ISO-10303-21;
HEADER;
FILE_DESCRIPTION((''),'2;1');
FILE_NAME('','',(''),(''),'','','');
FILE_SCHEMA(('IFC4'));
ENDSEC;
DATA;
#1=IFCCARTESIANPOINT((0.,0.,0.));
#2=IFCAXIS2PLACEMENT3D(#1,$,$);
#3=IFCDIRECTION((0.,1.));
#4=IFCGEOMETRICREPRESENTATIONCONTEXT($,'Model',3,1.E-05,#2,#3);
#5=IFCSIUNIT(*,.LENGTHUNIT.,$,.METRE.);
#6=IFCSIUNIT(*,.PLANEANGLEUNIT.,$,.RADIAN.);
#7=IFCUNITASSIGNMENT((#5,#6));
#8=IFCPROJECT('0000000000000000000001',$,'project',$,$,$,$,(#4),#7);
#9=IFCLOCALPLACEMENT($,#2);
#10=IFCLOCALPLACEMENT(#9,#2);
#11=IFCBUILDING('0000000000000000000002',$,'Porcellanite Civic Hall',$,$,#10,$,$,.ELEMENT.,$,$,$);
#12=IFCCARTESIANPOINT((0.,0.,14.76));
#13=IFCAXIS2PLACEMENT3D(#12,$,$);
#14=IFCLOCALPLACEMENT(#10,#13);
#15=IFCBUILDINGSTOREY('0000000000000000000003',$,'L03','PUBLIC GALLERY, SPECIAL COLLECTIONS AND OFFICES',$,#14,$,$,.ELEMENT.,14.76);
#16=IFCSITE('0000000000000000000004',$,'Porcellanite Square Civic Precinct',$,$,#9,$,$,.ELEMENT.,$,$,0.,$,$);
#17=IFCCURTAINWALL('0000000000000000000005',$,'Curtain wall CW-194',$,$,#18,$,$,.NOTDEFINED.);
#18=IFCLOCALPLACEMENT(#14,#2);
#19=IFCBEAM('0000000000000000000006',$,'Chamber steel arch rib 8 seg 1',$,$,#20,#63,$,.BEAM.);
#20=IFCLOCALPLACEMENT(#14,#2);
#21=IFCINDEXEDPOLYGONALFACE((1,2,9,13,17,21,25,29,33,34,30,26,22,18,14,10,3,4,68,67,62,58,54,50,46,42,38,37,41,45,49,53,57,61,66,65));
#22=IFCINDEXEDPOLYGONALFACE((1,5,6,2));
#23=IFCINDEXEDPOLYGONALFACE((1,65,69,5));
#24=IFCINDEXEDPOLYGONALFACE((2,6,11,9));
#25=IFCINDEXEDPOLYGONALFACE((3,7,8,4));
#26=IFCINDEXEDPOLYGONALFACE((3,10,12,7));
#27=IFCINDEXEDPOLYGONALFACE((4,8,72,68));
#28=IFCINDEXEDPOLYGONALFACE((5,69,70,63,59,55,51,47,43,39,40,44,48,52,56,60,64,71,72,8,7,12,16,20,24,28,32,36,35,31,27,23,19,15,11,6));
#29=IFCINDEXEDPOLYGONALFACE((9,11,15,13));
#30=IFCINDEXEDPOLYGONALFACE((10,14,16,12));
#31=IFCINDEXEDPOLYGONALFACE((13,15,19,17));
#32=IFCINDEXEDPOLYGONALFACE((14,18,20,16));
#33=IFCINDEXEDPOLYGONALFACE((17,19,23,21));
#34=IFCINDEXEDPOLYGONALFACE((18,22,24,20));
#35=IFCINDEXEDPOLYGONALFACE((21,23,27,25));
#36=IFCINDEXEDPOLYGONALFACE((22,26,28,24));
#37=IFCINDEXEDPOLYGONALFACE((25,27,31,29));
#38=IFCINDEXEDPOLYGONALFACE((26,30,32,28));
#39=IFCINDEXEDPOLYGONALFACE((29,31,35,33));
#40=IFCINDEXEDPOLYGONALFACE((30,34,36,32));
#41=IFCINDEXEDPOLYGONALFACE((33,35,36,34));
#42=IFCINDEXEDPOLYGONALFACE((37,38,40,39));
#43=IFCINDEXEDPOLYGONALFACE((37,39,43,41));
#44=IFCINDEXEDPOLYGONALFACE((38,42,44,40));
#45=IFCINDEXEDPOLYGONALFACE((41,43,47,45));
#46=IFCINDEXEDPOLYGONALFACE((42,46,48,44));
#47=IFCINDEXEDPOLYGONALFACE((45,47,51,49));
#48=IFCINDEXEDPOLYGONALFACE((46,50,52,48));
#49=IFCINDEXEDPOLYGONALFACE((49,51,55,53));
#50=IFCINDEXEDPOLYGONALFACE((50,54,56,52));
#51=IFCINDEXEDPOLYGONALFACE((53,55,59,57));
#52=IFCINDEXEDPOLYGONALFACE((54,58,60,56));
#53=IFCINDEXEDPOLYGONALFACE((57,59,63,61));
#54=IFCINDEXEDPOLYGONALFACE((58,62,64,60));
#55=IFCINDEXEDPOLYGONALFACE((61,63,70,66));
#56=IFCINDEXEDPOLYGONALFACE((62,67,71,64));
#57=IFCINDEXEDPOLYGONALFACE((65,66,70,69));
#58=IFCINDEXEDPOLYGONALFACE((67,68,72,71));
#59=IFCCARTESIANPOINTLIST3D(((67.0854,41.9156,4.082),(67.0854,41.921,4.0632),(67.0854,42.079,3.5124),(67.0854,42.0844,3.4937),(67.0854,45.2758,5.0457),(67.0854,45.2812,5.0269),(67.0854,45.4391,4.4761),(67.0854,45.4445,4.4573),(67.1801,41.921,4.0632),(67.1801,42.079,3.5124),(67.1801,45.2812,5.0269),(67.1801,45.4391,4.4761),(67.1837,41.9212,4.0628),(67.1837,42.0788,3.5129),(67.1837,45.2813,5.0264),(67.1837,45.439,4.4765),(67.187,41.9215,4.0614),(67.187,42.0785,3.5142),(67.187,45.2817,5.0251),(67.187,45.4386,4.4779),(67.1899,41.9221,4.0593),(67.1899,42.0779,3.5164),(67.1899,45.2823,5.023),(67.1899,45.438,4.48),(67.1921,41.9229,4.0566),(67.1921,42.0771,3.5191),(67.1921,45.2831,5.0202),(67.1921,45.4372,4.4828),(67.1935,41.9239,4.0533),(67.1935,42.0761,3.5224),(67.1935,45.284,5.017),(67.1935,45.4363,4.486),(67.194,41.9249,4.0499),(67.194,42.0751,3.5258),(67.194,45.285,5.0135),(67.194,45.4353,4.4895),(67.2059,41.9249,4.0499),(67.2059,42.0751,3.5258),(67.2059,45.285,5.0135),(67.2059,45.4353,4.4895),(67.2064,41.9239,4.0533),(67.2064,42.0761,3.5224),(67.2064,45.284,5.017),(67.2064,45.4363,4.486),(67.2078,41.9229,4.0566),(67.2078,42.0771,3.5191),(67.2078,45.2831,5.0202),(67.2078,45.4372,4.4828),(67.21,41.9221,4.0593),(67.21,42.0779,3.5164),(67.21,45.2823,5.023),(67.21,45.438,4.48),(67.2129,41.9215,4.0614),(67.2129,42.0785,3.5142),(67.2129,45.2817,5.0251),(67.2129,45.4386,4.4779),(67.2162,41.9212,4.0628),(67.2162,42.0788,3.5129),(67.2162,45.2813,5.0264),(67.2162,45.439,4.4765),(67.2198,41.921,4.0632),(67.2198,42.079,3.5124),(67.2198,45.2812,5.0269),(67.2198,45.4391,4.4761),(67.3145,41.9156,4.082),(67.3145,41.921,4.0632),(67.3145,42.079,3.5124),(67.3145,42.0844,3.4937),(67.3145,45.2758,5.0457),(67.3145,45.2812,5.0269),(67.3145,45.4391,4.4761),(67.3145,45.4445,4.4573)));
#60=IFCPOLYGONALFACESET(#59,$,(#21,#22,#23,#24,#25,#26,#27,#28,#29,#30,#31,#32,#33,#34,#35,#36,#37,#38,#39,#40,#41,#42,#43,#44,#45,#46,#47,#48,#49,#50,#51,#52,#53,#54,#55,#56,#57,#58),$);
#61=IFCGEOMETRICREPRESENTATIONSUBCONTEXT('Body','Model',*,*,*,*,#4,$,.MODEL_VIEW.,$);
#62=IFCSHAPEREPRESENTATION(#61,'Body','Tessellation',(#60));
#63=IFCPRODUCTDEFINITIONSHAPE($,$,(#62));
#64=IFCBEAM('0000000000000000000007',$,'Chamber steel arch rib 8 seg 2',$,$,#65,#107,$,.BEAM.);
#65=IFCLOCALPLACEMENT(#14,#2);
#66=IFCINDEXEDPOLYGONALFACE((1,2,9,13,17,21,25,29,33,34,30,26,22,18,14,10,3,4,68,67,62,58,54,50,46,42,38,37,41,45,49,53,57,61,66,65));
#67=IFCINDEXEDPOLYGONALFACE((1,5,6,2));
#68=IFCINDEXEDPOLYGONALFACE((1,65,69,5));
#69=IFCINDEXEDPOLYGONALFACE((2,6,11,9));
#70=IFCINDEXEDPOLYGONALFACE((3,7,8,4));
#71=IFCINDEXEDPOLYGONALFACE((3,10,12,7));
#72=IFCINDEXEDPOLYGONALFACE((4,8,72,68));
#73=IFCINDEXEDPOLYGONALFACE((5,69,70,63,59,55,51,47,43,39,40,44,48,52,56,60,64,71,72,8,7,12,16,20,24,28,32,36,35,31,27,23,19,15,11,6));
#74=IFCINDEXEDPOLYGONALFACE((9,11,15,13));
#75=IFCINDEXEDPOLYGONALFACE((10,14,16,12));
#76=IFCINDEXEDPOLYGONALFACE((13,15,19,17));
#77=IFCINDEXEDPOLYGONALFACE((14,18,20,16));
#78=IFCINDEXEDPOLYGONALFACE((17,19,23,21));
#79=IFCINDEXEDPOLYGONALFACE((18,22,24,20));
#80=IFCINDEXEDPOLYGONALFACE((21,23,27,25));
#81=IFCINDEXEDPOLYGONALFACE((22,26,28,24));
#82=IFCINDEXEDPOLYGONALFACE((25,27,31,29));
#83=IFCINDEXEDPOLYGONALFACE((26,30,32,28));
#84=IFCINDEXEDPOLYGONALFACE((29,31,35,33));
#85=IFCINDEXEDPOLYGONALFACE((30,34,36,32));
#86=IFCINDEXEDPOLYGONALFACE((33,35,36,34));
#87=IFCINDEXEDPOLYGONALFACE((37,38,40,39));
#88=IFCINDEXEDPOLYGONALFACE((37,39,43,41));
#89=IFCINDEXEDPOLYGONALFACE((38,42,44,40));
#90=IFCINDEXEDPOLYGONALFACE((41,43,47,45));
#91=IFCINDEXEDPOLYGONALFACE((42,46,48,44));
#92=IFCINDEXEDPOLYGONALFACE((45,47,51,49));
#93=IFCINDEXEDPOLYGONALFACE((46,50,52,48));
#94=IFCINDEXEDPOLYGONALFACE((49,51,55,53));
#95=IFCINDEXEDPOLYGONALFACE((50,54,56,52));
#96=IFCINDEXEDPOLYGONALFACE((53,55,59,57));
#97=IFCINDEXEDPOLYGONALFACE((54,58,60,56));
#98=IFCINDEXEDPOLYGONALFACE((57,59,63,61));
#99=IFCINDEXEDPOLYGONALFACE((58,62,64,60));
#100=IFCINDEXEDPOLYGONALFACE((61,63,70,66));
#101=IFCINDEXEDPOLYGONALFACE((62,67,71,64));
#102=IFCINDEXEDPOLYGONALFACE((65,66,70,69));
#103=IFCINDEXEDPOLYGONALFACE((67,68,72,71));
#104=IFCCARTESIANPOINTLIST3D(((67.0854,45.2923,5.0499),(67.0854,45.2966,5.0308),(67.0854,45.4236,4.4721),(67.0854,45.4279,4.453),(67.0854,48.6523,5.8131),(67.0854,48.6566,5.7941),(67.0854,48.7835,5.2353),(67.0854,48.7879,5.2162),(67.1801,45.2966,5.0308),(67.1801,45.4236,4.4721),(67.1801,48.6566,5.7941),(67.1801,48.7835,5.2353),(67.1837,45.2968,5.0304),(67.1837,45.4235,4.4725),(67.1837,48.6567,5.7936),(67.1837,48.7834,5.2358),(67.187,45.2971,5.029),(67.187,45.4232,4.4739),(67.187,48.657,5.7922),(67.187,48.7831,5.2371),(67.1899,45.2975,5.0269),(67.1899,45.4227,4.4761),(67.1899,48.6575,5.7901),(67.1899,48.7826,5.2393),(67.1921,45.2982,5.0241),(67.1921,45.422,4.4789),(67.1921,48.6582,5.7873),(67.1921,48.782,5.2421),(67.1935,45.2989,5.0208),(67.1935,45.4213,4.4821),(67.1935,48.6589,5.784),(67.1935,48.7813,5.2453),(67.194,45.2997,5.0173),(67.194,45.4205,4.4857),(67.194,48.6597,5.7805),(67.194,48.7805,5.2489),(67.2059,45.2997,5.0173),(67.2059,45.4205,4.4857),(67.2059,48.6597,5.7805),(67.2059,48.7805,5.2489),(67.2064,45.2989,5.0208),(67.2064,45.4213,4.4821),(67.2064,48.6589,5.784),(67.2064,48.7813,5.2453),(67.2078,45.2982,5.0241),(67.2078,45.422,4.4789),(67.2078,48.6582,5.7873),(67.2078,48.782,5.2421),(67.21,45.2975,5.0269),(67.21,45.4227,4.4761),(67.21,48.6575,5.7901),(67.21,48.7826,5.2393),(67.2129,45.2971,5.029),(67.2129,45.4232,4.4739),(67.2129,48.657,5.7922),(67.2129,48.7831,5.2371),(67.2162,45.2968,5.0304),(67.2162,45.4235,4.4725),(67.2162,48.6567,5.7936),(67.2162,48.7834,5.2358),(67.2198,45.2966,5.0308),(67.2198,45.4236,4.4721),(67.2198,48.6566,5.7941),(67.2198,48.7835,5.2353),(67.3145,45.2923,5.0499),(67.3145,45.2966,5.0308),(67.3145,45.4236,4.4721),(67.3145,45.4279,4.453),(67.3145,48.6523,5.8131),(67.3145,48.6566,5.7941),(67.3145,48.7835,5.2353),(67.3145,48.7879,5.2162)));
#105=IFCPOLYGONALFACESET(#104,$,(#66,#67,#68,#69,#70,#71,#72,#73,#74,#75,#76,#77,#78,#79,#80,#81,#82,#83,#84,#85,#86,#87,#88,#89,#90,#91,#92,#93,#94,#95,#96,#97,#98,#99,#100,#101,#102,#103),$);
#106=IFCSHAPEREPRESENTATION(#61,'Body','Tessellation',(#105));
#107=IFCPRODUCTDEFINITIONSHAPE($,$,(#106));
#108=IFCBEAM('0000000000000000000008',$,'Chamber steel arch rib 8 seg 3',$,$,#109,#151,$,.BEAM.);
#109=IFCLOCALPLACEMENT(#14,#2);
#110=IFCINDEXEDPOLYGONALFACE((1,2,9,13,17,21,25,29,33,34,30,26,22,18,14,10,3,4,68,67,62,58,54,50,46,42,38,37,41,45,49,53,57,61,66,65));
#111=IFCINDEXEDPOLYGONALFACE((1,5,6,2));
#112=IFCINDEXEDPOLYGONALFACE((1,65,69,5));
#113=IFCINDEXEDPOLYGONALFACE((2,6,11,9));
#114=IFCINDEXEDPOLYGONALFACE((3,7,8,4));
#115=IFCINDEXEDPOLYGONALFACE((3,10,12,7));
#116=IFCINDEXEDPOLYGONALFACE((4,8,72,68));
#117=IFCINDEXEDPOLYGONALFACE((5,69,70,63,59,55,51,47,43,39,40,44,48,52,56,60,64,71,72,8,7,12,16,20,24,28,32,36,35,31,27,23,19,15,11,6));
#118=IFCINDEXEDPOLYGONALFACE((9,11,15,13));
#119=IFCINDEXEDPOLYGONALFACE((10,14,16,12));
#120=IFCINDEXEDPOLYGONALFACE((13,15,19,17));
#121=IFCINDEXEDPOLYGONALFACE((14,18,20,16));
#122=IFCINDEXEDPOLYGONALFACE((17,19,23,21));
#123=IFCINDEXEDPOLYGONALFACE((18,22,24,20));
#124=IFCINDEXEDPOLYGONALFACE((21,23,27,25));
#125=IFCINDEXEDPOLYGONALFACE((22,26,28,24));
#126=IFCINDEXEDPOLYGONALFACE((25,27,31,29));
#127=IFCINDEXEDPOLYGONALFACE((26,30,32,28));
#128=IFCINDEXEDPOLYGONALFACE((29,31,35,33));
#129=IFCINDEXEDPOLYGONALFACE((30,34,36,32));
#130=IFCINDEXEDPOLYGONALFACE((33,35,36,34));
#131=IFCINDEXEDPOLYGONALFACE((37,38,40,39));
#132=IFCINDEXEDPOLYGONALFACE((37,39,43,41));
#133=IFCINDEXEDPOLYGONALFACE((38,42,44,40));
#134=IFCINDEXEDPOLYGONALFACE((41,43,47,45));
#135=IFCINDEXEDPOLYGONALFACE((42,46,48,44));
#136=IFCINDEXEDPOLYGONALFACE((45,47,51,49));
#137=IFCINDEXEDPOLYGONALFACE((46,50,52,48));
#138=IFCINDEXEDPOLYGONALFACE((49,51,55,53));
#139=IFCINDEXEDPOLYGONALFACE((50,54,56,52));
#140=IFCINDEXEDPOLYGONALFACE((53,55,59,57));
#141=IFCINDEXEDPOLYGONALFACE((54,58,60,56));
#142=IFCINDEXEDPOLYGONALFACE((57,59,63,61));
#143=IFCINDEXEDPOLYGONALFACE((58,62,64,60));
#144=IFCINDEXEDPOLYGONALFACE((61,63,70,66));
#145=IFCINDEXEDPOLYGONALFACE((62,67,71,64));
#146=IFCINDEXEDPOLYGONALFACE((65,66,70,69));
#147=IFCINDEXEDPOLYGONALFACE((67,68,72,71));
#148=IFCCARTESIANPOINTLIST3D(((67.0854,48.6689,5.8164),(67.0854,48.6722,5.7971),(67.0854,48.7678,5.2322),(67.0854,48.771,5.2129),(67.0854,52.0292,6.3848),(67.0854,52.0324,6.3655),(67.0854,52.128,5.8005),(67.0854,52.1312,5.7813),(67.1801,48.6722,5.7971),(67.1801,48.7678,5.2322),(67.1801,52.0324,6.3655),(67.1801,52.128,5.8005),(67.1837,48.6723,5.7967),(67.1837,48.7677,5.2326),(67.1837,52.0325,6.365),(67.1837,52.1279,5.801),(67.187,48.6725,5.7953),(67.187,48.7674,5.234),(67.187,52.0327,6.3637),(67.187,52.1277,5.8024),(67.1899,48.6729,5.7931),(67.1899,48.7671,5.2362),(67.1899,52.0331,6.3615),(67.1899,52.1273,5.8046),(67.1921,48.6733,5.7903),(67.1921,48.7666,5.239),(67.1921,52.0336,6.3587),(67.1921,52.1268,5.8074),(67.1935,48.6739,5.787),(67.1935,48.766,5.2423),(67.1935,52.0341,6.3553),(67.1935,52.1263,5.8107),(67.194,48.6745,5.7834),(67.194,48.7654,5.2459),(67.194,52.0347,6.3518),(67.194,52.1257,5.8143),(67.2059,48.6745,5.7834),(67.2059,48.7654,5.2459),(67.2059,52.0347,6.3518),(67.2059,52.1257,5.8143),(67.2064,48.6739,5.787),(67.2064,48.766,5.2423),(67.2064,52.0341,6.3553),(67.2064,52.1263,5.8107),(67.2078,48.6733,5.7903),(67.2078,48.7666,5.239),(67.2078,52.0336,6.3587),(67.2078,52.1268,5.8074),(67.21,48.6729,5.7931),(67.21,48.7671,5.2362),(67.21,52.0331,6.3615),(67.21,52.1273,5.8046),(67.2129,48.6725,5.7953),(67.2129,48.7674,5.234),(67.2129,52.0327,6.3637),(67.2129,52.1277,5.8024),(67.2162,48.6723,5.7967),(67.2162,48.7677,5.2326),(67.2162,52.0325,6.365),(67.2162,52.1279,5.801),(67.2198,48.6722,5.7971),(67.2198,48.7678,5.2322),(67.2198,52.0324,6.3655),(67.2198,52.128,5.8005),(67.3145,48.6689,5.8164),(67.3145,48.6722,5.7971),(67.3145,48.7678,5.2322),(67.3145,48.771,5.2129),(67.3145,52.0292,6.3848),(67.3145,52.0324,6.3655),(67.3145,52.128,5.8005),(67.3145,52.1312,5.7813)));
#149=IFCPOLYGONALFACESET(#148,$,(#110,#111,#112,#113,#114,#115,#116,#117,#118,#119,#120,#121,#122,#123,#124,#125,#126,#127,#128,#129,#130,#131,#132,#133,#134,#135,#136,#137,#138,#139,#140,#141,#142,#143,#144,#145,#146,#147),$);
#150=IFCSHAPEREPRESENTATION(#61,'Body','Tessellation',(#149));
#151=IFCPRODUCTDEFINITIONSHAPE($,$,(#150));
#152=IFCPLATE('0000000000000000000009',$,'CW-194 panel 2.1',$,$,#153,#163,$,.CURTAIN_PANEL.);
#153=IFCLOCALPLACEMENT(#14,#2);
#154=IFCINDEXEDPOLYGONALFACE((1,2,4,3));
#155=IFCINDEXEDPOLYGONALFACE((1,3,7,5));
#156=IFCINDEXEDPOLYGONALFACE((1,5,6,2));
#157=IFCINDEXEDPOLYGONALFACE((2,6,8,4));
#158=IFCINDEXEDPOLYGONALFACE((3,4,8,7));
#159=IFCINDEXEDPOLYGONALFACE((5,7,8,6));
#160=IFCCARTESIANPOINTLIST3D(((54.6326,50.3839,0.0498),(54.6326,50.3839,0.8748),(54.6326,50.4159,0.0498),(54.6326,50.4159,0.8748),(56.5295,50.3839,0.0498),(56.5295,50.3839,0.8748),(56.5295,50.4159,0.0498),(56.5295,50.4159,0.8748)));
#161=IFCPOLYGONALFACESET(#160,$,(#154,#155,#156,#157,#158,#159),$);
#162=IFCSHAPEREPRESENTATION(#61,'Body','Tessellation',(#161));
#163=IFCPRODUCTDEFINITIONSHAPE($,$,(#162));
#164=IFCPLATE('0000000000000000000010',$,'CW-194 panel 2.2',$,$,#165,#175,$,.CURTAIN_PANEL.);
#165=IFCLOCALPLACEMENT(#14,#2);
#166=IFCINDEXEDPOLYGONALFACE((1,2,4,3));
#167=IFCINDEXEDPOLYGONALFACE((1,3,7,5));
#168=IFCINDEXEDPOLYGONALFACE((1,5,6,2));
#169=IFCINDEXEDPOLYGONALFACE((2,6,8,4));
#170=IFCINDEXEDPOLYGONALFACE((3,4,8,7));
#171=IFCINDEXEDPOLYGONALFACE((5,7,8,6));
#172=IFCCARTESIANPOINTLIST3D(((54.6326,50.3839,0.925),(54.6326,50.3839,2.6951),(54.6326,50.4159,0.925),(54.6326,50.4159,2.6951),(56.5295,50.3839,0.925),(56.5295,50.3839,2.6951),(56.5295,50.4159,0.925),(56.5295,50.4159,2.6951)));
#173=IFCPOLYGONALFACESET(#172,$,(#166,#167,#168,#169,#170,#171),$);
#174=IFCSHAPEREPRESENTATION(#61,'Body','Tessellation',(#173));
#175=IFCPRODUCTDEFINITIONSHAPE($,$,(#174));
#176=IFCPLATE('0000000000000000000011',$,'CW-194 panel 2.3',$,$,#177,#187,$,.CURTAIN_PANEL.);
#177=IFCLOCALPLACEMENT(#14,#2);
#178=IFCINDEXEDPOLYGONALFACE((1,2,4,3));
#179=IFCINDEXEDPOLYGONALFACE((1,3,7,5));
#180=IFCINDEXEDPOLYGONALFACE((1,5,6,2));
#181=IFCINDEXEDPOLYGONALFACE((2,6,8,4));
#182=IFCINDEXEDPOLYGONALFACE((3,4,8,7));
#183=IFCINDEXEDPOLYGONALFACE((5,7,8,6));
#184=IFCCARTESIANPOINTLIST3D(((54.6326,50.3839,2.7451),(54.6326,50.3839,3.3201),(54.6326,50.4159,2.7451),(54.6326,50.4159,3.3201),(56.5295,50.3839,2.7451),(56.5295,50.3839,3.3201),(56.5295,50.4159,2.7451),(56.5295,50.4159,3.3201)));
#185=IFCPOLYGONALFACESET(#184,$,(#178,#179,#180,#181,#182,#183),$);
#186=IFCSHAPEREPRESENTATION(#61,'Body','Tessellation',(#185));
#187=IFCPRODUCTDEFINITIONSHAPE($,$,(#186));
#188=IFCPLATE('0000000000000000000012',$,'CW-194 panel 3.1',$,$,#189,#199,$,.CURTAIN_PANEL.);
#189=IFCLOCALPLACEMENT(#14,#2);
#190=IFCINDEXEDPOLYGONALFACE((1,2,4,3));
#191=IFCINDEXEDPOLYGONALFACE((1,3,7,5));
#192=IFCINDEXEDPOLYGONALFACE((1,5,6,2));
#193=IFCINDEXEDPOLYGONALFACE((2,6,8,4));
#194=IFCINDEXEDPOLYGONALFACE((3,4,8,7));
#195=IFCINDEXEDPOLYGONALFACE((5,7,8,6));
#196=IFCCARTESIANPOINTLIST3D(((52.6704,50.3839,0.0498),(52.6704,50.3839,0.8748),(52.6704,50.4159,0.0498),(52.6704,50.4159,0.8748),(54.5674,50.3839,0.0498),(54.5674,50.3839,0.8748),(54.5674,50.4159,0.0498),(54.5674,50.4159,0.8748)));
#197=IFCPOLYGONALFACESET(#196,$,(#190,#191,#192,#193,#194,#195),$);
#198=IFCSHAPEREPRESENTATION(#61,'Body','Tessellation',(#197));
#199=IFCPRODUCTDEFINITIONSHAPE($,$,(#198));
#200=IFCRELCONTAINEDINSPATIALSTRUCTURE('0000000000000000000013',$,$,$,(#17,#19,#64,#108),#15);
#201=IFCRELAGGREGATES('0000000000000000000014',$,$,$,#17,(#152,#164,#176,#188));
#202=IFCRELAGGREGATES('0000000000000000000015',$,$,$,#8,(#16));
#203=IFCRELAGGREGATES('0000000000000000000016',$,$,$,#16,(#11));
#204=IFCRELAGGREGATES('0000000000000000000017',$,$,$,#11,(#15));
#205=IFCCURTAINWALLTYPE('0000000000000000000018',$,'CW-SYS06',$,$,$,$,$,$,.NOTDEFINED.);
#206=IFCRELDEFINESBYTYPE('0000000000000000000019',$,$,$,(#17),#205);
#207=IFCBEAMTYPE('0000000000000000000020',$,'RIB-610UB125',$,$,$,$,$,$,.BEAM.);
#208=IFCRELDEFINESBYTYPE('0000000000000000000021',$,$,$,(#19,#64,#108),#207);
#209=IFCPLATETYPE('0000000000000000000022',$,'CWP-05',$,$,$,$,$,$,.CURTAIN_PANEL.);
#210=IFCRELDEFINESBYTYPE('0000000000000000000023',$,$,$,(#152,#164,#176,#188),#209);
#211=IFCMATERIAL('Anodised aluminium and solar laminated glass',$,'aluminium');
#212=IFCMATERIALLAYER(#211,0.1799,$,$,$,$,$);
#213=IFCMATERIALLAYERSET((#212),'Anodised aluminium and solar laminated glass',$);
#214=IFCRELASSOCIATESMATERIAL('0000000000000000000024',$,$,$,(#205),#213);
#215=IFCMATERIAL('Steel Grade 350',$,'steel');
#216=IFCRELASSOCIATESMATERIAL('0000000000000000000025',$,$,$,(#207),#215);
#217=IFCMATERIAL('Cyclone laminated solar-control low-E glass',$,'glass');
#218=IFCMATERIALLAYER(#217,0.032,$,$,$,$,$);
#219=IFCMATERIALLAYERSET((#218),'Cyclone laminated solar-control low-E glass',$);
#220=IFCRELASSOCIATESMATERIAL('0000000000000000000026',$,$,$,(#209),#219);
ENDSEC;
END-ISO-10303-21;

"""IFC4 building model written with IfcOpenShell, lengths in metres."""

from ifc_helpers import new_model, si_unit, direction, frame, origin, origin_2d, place, context, subcontext, project, spatial, rectangle, i_section, extrude, material, layer, layer_set, material_profile, profile_set, type_object, element, aggregate, save


model = new_model("IFC4")

# Units and contexts
model_context = context("Model", 3, precision=1e-05, world=origin(), true_north=direction((0.0, 1.0)))
body_context = subcontext(model_context, "Body", "Model", "MODEL_VIEW")
ifc_project = project(units=[si_unit("LENGTHUNIT", "METRE"), si_unit("PLANEANGLEUNIT", "RADIAN")], contexts=[model_context])

# Site, building, storey
site_placement = place(None, origin())
site = spatial("IfcSite", under=ifc_project, at=site_placement, Name="Porcellanite Square Civic Precinct", CompositionType="ELEMENT", RefElevation=0.0)
building_placement = place(site_placement, origin())
building = spatial("IfcBuilding", under=site, at=building_placement, Name="Porcellanite Civic Hall", CompositionType="ELEMENT")
storey_placement = place(building_placement, frame((0.0, 0.0, 14.76)))
storey = spatial("IfcBuildingStorey", under=building, at=storey_placement, Name="L03", Description="PUBLIC GALLERY, SPECIAL COLLECTIONS AND OFFICES", CompositionType="ELEMENT", Elevation=14.76)

# Curtain wall
ifc_material_1 = material(Name="Anodised aluminium and solar laminated glass", Category="aluminium")
ifc_layer_1 = layer(ifc_material_1, 0.1799)
ifc_layer_set_1 = layer_set([ifc_layer_1], Name="Anodised aluminium and solar laminated glass")
curtain_wall_type = type_object("IfcCurtainWallType", Name="CW-SYS06", PredefinedType="NOTDEFINED", material=ifc_layer_set_1)
curtain_wall_placement = place(storey_placement, origin())
curtain_wall = element("IfcCurtainWall", 1, at=curtain_wall_placement, inside=storey, type_object=curtain_wall_type, Name="Curtain wall CW-194", PredefinedType="NOTDEFINED")

# Beams
ifc_material_2 = material(Name="Steel Grade 350", Category="steel")
ifc_material_profile_1 = material_profile(ifc_material_2, i_section(OverallWidth=0.229, OverallDepth=0.6121, WebThickness=0.012, FlangeThickness=0.0195, FilletRadius=0.0139, at=origin_2d()), Name="610UB125")
ifc_profile_set_1 = profile_set([ifc_material_profile_1], Name="Steel Grade 350")
beam_type_1 = type_object("IfcBeamType", Name="RIB-610UB125", PredefinedType="BEAM", material=ifc_profile_set_1)
beam_1_placement = place(storey_placement, frame((67.2, 42.0, 3.7878), z_axis=(0.0, 0.961252, 0.275671), x_axis=(-1.0, 0.0, 0.0)))
element("IfcBeam", 2, at=beam_1_placement, inside=storey, type_object=beam_type_1, Name="Chamber steel arch rib 8 seg 1", PredefinedType="BEAM", context=body_context, shape_type="SweptSolid", body=[
    extrude(i_section(OverallWidth=0.229, OverallDepth=0.6121, WebThickness=0.012, FlangeThickness=0.0195, FilletRadius=0.0139, at=origin_2d()), origin(), (0.0, 0.0, 1.0), 3.4956),
])
beam_2_placement = place(storey_placement, frame((67.2, 45.3601, 4.7515), z_axis=(0.0, 0.975159, 0.221505), x_axis=(-1.0, 0.0, 0.0)))
element("IfcBeam", 3, at=beam_2_placement, inside=storey, type_object=beam_type_1, Name="Chamber steel arch rib 8 seg 2", PredefinedType="BEAM", context=body_context, shape_type="SweptSolid", body=[
    extrude(i_section(OverallWidth=0.229, OverallDepth=0.6121, WebThickness=0.012, FlangeThickness=0.0195, FilletRadius=0.0139, at=origin_2d()), origin(), (0.0, 0.0, 1.0), 3.4456),
])
beam_3_placement = place(storey_placement, frame((67.2, 48.72, 5.5146), z_axis=(0.0, 0.985994, 0.16678), x_axis=(-1.0, 0.0, 0.0)))
element("IfcBeam", 4, at=beam_3_placement, inside=storey, type_object=beam_type_1, Name="Chamber steel arch rib 8 seg 3", PredefinedType="BEAM", context=body_context, shape_type="SweptSolid", body=[
    extrude(i_section(OverallWidth=0.229, OverallDepth=0.6121, WebThickness=0.012, FlangeThickness=0.0195, FilletRadius=0.0139, at=origin_2d()), origin(), (0.0, 0.0, 1.0), 3.408),
])

# Plates
ifc_material_3 = material(Name="Cyclone laminated solar-control low-E glass", Category="glass")
ifc_layer_2 = layer(ifc_material_3, 0.032)
ifc_layer_set_2 = layer_set([ifc_layer_2], Name="Cyclone laminated solar-control low-E glass")
plate_type = type_object("IfcPlateType", Name="CWP-05", PredefinedType="CURTAIN_PANEL", material=ifc_layer_set_2)
plate_1_placement = place(storey_placement, frame((55.5811, 50.3999, 0.0498), z_axis=(0.0, 0.0, 1.0), x_axis=(-1.0, 0.0, 0.0)))
plate_1 = element("IfcPlate", 5, at=plate_1_placement, type_object=plate_type, Name="CW-194 panel 2.1", PredefinedType="CURTAIN_PANEL", context=body_context, shape_type="SweptSolid", body=[
    extrude(rectangle(XDim=1.897, YDim=0.032, at=origin_2d()), origin(), (0.0, 0.0, 1.0), 0.825),
])
plate_2_placement = place(storey_placement, frame((55.5811, 50.3999, 0.925), z_axis=(0.0, 0.0, 1.0), x_axis=(-1.0, 0.0, 0.0)))
plate_2 = element("IfcPlate", 6, at=plate_2_placement, type_object=plate_type, Name="CW-194 panel 2.2", PredefinedType="CURTAIN_PANEL", context=body_context, shape_type="SweptSolid", body=[
    extrude(rectangle(XDim=1.897, YDim=0.032, at=origin_2d()), origin(), (0.0, 0.0, 1.0), 1.77),
])
plate_3_placement = place(storey_placement, frame((55.5811, 50.3999, 2.7451), z_axis=(0.0, 0.0, 1.0), x_axis=(-1.0, 0.0, 0.0)))
plate_3 = element("IfcPlate", 7, at=plate_3_placement, type_object=plate_type, Name="CW-194 panel 2.3", PredefinedType="CURTAIN_PANEL", context=body_context, shape_type="SweptSolid", body=[
    extrude(rectangle(XDim=1.897, YDim=0.032, at=origin_2d()), origin(), (0.0, 0.0, 1.0), 0.575),
])
plate_4_placement = place(storey_placement, frame((53.6189, 50.3999, 0.0498), z_axis=(0.0, 0.0, 1.0), x_axis=(-1.0, 0.0, 0.0)))
plate_4 = element("IfcPlate", 8, at=plate_4_placement, type_object=plate_type, Name="CW-194 panel 3.1", PredefinedType="CURTAIN_PANEL", context=body_context, shape_type="SweptSolid", body=[
    extrude(rectangle(XDim=1.897, YDim=0.032, at=origin_2d()), origin(), (0.0, 0.0, 1.0), 0.825),
])
aggregate(curtain_wall, [plate_1, plate_2, plate_3, plate_4])

save(model, "model.ifc")
